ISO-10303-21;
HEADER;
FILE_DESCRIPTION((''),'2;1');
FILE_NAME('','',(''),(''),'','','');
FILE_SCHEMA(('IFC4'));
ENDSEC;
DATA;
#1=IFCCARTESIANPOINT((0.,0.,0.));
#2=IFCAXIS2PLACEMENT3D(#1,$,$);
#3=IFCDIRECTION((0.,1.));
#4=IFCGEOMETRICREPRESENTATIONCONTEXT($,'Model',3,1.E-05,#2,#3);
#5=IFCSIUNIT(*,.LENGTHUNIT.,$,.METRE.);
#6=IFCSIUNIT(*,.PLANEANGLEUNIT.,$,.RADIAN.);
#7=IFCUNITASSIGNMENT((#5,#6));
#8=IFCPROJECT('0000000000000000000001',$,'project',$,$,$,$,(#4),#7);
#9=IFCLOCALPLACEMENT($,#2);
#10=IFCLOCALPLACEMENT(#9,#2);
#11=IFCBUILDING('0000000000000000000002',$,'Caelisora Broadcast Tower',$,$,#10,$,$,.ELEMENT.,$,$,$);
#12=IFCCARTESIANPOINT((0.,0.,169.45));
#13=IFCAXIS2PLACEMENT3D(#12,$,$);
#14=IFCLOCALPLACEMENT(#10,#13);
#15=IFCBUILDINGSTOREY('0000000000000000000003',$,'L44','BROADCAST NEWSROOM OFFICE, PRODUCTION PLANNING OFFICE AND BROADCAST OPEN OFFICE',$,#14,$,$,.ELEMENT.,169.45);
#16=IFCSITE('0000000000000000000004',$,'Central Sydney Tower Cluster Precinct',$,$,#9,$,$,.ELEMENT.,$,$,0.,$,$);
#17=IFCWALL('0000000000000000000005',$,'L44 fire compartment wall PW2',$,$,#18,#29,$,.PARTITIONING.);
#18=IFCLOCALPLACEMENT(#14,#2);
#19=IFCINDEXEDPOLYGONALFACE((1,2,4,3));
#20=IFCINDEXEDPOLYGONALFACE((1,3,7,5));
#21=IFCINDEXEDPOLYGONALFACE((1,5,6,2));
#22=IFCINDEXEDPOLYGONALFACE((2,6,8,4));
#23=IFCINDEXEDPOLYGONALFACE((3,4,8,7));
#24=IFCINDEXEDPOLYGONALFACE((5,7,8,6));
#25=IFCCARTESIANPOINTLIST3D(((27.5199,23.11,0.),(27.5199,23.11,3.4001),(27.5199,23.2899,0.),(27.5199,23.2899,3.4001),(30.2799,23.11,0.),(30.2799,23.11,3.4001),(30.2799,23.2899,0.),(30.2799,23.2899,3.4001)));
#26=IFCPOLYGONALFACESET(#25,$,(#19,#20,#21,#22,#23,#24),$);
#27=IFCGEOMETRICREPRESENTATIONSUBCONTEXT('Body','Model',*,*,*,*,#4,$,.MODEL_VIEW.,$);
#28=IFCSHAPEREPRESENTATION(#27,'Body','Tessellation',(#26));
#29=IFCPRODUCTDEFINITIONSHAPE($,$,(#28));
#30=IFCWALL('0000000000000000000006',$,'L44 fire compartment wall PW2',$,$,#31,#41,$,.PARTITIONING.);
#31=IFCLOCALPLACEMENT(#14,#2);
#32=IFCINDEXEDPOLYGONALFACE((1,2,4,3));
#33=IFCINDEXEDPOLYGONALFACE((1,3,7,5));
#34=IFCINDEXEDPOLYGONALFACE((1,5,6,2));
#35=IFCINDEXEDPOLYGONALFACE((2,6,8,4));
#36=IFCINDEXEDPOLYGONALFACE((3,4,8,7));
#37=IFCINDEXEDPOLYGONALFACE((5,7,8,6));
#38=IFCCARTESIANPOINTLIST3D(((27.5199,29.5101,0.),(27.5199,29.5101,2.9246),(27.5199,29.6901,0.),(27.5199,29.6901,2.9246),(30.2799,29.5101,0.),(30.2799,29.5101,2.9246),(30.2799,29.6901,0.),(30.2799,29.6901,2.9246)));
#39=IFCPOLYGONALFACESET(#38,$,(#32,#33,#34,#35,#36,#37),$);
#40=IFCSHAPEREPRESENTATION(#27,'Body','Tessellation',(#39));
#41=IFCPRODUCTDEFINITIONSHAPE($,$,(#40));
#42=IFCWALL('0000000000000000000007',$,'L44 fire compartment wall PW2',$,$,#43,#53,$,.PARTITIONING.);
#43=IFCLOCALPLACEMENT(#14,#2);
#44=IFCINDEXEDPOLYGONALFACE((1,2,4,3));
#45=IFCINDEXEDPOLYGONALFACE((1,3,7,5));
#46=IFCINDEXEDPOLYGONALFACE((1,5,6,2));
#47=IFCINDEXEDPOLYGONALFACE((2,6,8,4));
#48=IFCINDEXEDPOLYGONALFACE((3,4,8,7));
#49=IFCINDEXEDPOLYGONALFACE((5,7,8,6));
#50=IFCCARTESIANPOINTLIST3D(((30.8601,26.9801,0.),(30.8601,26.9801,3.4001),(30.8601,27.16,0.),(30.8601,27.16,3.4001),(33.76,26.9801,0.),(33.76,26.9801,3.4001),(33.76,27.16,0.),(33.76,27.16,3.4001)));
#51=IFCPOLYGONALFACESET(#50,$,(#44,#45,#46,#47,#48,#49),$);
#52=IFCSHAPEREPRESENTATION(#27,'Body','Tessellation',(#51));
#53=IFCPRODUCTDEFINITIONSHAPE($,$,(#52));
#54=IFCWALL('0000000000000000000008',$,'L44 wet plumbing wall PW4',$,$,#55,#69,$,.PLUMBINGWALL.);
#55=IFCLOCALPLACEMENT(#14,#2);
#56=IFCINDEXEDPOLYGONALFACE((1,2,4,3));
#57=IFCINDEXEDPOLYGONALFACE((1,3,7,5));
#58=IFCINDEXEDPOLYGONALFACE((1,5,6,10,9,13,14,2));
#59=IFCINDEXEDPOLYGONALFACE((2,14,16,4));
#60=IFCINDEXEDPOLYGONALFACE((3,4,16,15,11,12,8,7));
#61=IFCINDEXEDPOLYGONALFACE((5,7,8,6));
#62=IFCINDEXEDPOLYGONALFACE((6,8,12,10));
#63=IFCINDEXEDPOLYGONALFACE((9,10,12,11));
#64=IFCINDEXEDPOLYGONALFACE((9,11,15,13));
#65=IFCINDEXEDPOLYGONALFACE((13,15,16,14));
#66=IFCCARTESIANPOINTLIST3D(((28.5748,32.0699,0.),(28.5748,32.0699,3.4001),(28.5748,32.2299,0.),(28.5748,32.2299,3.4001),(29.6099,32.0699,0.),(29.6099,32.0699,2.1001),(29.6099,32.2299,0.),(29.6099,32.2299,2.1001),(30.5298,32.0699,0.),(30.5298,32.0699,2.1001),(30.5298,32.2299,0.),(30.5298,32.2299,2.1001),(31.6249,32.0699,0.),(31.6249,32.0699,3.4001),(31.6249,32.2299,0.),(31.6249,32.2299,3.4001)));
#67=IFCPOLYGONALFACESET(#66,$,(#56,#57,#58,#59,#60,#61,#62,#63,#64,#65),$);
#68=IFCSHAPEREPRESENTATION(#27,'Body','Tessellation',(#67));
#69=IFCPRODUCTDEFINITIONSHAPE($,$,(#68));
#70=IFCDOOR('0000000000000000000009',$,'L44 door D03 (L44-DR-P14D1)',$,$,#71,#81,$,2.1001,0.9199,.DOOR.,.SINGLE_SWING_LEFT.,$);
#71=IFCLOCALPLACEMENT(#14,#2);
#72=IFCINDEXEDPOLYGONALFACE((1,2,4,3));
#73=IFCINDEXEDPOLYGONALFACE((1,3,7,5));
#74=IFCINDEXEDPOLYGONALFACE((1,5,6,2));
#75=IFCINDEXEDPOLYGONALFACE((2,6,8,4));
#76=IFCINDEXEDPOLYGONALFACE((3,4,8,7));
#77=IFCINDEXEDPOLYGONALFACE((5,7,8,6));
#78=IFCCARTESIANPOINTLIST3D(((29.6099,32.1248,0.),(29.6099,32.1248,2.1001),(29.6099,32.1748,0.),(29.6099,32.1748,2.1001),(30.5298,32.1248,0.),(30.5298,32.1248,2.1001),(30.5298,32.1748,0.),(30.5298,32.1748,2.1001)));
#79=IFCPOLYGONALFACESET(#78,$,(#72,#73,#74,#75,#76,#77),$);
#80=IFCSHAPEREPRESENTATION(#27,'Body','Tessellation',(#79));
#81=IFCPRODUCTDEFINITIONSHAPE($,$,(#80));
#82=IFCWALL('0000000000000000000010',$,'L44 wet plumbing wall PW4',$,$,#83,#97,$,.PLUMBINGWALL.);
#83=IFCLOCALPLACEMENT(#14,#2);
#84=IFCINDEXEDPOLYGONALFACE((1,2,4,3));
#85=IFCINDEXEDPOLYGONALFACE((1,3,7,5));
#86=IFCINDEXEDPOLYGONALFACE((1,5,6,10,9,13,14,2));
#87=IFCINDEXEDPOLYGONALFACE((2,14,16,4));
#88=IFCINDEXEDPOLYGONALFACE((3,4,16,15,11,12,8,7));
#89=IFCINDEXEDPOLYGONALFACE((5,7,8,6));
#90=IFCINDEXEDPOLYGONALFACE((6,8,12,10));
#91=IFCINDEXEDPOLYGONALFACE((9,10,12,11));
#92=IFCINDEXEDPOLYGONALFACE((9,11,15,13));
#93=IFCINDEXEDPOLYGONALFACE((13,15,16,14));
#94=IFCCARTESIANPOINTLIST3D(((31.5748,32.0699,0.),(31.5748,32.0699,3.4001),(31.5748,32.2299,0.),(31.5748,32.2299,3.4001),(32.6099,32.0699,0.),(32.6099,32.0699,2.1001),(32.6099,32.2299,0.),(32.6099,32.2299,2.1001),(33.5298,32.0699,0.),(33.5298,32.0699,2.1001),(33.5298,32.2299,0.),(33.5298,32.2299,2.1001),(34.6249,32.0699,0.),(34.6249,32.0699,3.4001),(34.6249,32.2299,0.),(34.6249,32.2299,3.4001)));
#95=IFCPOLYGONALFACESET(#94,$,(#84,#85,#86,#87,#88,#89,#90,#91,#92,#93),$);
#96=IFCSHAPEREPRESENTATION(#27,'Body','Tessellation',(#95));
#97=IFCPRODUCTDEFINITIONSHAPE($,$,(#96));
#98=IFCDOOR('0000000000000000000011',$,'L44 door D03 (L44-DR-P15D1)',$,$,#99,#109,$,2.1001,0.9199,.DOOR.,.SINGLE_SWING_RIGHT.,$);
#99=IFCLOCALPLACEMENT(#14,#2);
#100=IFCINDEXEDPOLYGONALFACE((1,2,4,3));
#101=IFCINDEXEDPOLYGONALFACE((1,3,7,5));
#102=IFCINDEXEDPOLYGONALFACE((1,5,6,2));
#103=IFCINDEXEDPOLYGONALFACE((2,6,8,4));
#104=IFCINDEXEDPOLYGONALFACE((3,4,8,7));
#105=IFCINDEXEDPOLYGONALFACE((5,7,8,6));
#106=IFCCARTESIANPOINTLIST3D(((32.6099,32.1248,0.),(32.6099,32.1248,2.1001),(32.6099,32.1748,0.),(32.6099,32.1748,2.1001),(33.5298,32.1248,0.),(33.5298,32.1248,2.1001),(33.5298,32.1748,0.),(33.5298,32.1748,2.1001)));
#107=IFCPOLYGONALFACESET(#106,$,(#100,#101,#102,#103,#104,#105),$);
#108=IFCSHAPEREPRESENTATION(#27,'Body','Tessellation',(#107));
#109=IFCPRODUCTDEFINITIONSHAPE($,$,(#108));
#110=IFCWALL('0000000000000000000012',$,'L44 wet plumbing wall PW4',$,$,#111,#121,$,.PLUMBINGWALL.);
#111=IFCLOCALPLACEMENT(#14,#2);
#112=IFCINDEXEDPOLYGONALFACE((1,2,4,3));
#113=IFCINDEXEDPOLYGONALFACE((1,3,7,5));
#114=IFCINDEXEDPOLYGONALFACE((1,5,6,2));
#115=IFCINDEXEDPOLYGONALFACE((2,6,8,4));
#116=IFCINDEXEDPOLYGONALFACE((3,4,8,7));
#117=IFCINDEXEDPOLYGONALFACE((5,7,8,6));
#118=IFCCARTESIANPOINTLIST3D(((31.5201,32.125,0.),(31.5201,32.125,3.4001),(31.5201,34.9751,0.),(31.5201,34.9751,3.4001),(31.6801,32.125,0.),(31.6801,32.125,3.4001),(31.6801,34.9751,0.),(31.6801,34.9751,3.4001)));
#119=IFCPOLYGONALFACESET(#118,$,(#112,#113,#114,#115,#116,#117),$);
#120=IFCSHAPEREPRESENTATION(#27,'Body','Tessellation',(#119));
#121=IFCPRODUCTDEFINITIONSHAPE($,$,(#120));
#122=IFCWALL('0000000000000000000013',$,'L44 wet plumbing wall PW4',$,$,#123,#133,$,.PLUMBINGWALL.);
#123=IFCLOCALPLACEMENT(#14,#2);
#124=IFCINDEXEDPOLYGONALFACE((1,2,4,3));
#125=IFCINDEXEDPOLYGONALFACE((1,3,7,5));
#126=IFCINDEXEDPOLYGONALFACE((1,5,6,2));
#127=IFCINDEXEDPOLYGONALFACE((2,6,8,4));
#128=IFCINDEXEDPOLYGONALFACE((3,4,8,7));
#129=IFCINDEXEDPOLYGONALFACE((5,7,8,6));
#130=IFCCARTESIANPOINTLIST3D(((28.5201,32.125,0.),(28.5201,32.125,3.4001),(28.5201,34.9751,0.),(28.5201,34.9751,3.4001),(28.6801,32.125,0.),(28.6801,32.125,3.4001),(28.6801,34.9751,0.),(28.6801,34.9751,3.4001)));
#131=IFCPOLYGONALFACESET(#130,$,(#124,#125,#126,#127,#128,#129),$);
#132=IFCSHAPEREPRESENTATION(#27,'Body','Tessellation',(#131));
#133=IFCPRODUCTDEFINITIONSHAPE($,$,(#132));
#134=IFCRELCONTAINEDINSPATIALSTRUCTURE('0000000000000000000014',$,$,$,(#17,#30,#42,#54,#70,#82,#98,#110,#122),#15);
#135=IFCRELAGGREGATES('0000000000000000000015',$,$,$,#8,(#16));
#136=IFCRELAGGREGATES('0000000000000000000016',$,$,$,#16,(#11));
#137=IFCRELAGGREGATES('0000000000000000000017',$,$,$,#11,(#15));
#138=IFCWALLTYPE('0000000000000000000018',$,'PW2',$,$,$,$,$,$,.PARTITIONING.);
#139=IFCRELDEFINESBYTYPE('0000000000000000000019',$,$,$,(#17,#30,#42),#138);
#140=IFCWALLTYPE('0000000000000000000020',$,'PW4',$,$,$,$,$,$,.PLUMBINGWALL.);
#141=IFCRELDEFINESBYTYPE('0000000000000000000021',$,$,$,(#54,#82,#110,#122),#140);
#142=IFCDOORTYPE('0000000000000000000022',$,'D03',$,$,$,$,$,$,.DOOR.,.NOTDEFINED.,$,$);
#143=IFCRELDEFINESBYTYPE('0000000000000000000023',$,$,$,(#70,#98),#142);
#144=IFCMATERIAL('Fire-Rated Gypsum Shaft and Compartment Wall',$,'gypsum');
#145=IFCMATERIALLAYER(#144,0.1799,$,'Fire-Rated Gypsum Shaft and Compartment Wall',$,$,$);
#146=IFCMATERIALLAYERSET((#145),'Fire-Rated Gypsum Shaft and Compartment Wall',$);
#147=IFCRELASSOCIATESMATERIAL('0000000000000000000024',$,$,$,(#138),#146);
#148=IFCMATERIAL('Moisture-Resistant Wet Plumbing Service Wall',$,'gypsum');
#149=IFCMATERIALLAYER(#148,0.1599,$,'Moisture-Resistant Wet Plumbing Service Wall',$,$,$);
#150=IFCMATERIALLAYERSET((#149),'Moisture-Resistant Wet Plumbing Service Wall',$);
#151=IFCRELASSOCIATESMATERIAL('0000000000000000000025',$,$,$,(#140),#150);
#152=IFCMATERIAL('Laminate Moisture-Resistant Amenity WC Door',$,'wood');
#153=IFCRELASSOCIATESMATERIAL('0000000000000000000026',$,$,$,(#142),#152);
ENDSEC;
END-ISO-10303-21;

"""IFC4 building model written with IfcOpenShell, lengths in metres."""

from ifc_helpers import new_model, si_unit, direction, frame, frame_2d, origin, place, context, subcontext, project, spatial, rectangle, extrude, material, layer, layer_set, type_object, element, fill, save


model = new_model("IFC4")

# Units and contexts
model_context = context("Model", 3, precision=1e-05, world=origin(), true_north=direction((0.0, 1.0)))
body_context = subcontext(model_context, "Body", "Model", "MODEL_VIEW")
ifc_project = project(units=[si_unit("LENGTHUNIT", "METRE"), si_unit("PLANEANGLEUNIT", "RADIAN")], contexts=[model_context])

# Site, building, storey
site_placement = place(None, origin())
site = spatial("IfcSite", under=ifc_project, at=site_placement, Name="Central Sydney Tower Cluster Precinct", CompositionType="ELEMENT", RefElevation=0.0)
building_placement = place(site_placement, origin())
building = spatial("IfcBuilding", under=site, at=building_placement, Name="Caelisora Broadcast Tower", CompositionType="ELEMENT")
storey_placement = place(building_placement, frame((0.0, 0.0, 169.45)))
storey = spatial("IfcBuildingStorey", under=building, at=storey_placement, Name="L44", Description="BROADCAST NEWSROOM OFFICE, PRODUCTION PLANNING OFFICE AND BROADCAST OPEN OFFICE", CompositionType="ELEMENT", Elevation=169.45)

# Shared definitions
ifc_material_1 = material(Name="Fire-Rated Gypsum Shaft and Compartment Wall", Category="gypsum")
ifc_layer_1 = layer(ifc_material_1, 0.1799, Name="Fire-Rated Gypsum Shaft and Compartment Wall")
ifc_layer_set_1 = layer_set([ifc_layer_1], Name="Fire-Rated Gypsum Shaft and Compartment Wall")
wall_type_1 = type_object("IfcWallType", Name="PW2", PredefinedType="PARTITIONING", material=ifc_layer_set_1)

# Walls
wall_1_placement = place(storey_placement, frame((27.52, 23.2, 0.0), z_axis=(0.0, 0.0, 1.0), x_axis=(1.0, 0.0, 0.0)))
element("IfcWall", 1, at=wall_1_placement, inside=storey, type_object=wall_type_1, Name="L44 fire compartment wall PW2", PredefinedType="PARTITIONING", context=body_context, shape_type="SweptSolid", body=[
    extrude(rectangle(XDim=2.76, YDim=0.1799, at=frame_2d((1.3799, 0.0))), origin(), (0.0, 0.0, 1.0), 3.4001),
])
wall_2_placement = place(storey_placement, frame((27.52, 29.6001, 0.0), z_axis=(0.0, 0.0, 1.0), x_axis=(1.0, 0.0, 0.0)))
element("IfcWall", 2, at=wall_2_placement, inside=storey, type_object=wall_type_1, Name="L44 fire compartment wall PW2", PredefinedType="PARTITIONING", context=body_context, shape_type="SweptSolid", body=[
    extrude(rectangle(XDim=2.76, YDim=0.1799, at=frame_2d((1.3799, 0.0))), origin(), (0.0, 0.0, 1.0), 2.9246),
])
wall_3_placement = place(storey_placement, frame((30.8601, 27.0701, 0.0), z_axis=(0.0, 0.0, 1.0), x_axis=(1.0, 0.0, 0.0)))
element("IfcWall", 3, at=wall_3_placement, inside=storey, type_object=wall_type_1, Name="L44 fire compartment wall PW2", PredefinedType="PARTITIONING", context=body_context, shape_type="SweptSolid", body=[
    extrude(rectangle(XDim=2.8999, YDim=0.1799, at=frame_2d((1.45, 0.0))), origin(), (0.0, 0.0, 1.0), 3.4001),
])

# Walls, openings, doors
ifc_material_2 = material(Name="Moisture-Resistant Wet Plumbing Service Wall", Category="gypsum")
ifc_layer_2 = layer(ifc_material_2, 0.1599, Name="Moisture-Resistant Wet Plumbing Service Wall")
ifc_layer_set_2 = layer_set([ifc_layer_2], Name="Moisture-Resistant Wet Plumbing Service Wall")
wall_type_2 = type_object("IfcWallType", Name="PW4", PredefinedType="PLUMBINGWALL", material=ifc_layer_set_2)
wall_4_placement = place(storey_placement, frame((28.575, 32.1499, 0.0), z_axis=(0.0, 0.0, 1.0), x_axis=(1.0, 0.0, 0.0)))
wall_4 = element("IfcWall", 4, at=wall_4_placement, inside=storey, type_object=wall_type_2, Name="L44 wet plumbing wall PW4", PredefinedType="PLUMBINGWALL", context=body_context, shape_type="SweptSolid", body=[
    extrude(rectangle(XDim=3.05, YDim=0.1599, at=frame_2d((1.5249, 0.0))), origin(), (0.0, 0.0, 1.0), 3.4001),
])
opening_1_placement = place(wall_4_placement, frame((1.0349, 0.0, 0.0)))
opening_1 = element("IfcOpeningElement", 5, at=opening_1_placement, cuts=wall_4, PredefinedType="OPENING", context=body_context, shape_type="SweptSolid", body=[
    extrude(rectangle(XDim=0.9199, YDim=2.1001, at=frame_2d((0.46, 1.05))), frame((0.0, 0.092, 0.0), z_axis=(0.0, -1.0, 0.0), x_axis=(1.0, 0.0, 0.0)), (0.0, 0.0, 1.0), 0.1838),
])
ifc_material_3 = material(Name="Laminate Moisture-Resistant Amenity WC Door", Category="wood")
door_type_1 = type_object("IfcDoorType", Name="D03", OperationType="NOTDEFINED", PredefinedType="DOOR", material=ifc_material_3)
door_1_placement = place(opening_1_placement, origin())
door_1 = element("IfcDoor", 6, at=door_1_placement, inside=storey, type_object=door_type_1, Name="L44 door D03 (L44-DR-P14D1)", OperationType="SINGLE_SWING_LEFT", OverallHeight=2.1001, OverallWidth=0.9199, PredefinedType="DOOR", context=body_context, shape_type="SweptSolid", body=[
    extrude(rectangle(XDim=0.9199, YDim=2.1001, at=frame_2d((0.46, 1.05))), frame((0.0, 0.0249, 0.0), z_axis=(0.0, -1.0, 0.0), x_axis=(1.0, 0.0, 0.0)), (0.0, 0.0, 1.0), 0.05),
])
fill(opening_1, door_1)
wall_5_placement = place(storey_placement, frame((31.575, 32.1499, 0.0), z_axis=(0.0, 0.0, 1.0), x_axis=(1.0, 0.0, 0.0)))
wall_5 = element("IfcWall", 7, at=wall_5_placement, inside=storey, type_object=wall_type_2, Name="L44 wet plumbing wall PW4", PredefinedType="PLUMBINGWALL", context=body_context, shape_type="SweptSolid", body=[
    extrude(rectangle(XDim=3.05, YDim=0.1599, at=frame_2d((1.5249, 0.0))), origin(), (0.0, 0.0, 1.0), 3.4001),
])
opening_2_placement = place(wall_5_placement, frame((1.0349, 0.0, 0.0)))
opening_2 = element("IfcOpeningElement", 8, at=opening_2_placement, cuts=wall_5, PredefinedType="OPENING", context=body_context, shape_type="SweptSolid", body=[
    extrude(rectangle(XDim=0.9199, YDim=2.1001, at=frame_2d((0.46, 1.05))), frame((0.0, 0.092, 0.0), z_axis=(0.0, -1.0, 0.0), x_axis=(1.0, 0.0, 0.0)), (0.0, 0.0, 1.0), 0.1838),
])
door_2_placement = place(opening_2_placement, origin())
door_2 = element("IfcDoor", 9, at=door_2_placement, inside=storey, type_object=door_type_1, Name="L44 door D03 (L44-DR-P15D1)", OperationType="SINGLE_SWING_RIGHT", OverallHeight=2.1001, OverallWidth=0.9199, PredefinedType="DOOR", context=body_context, shape_type="SweptSolid", body=[
    extrude(rectangle(XDim=0.9199, YDim=2.1001, at=frame_2d((0.46, 1.05))), frame((0.0, 0.0249, 0.0), z_axis=(0.0, -1.0, 0.0), x_axis=(1.0, 0.0, 0.0)), (0.0, 0.0, 1.0), 0.05),
])
fill(opening_2, door_2)

# Walls
for number, where, z_axis, x_axis, name in (
    (10, (31.6001, 32.125, 0.0), (0.0, 0.0, 1.0), (0.0, 1.0, 0.0), "L44 wet plumbing wall PW4"),
    (11, (28.6001, 32.125, 0.0), (0.0, 0.0, 1.0), (0.0, 1.0, 0.0), "L44 wet plumbing wall PW4"),
):
    element("IfcWall", number, at=place(storey_placement, frame(where, z_axis=z_axis, x_axis=x_axis)), inside=storey, type_object=wall_type_2, Name=name, PredefinedType="PLUMBINGWALL", context=body_context, shape_type="SweptSolid", body=[
        extrude(rectangle(XDim=2.8501, YDim=0.1599, at=frame_2d((1.425, 0.0))), origin(), (0.0, 0.0, 1.0), 3.4001),
    ])

save(model, "model.ifc")
